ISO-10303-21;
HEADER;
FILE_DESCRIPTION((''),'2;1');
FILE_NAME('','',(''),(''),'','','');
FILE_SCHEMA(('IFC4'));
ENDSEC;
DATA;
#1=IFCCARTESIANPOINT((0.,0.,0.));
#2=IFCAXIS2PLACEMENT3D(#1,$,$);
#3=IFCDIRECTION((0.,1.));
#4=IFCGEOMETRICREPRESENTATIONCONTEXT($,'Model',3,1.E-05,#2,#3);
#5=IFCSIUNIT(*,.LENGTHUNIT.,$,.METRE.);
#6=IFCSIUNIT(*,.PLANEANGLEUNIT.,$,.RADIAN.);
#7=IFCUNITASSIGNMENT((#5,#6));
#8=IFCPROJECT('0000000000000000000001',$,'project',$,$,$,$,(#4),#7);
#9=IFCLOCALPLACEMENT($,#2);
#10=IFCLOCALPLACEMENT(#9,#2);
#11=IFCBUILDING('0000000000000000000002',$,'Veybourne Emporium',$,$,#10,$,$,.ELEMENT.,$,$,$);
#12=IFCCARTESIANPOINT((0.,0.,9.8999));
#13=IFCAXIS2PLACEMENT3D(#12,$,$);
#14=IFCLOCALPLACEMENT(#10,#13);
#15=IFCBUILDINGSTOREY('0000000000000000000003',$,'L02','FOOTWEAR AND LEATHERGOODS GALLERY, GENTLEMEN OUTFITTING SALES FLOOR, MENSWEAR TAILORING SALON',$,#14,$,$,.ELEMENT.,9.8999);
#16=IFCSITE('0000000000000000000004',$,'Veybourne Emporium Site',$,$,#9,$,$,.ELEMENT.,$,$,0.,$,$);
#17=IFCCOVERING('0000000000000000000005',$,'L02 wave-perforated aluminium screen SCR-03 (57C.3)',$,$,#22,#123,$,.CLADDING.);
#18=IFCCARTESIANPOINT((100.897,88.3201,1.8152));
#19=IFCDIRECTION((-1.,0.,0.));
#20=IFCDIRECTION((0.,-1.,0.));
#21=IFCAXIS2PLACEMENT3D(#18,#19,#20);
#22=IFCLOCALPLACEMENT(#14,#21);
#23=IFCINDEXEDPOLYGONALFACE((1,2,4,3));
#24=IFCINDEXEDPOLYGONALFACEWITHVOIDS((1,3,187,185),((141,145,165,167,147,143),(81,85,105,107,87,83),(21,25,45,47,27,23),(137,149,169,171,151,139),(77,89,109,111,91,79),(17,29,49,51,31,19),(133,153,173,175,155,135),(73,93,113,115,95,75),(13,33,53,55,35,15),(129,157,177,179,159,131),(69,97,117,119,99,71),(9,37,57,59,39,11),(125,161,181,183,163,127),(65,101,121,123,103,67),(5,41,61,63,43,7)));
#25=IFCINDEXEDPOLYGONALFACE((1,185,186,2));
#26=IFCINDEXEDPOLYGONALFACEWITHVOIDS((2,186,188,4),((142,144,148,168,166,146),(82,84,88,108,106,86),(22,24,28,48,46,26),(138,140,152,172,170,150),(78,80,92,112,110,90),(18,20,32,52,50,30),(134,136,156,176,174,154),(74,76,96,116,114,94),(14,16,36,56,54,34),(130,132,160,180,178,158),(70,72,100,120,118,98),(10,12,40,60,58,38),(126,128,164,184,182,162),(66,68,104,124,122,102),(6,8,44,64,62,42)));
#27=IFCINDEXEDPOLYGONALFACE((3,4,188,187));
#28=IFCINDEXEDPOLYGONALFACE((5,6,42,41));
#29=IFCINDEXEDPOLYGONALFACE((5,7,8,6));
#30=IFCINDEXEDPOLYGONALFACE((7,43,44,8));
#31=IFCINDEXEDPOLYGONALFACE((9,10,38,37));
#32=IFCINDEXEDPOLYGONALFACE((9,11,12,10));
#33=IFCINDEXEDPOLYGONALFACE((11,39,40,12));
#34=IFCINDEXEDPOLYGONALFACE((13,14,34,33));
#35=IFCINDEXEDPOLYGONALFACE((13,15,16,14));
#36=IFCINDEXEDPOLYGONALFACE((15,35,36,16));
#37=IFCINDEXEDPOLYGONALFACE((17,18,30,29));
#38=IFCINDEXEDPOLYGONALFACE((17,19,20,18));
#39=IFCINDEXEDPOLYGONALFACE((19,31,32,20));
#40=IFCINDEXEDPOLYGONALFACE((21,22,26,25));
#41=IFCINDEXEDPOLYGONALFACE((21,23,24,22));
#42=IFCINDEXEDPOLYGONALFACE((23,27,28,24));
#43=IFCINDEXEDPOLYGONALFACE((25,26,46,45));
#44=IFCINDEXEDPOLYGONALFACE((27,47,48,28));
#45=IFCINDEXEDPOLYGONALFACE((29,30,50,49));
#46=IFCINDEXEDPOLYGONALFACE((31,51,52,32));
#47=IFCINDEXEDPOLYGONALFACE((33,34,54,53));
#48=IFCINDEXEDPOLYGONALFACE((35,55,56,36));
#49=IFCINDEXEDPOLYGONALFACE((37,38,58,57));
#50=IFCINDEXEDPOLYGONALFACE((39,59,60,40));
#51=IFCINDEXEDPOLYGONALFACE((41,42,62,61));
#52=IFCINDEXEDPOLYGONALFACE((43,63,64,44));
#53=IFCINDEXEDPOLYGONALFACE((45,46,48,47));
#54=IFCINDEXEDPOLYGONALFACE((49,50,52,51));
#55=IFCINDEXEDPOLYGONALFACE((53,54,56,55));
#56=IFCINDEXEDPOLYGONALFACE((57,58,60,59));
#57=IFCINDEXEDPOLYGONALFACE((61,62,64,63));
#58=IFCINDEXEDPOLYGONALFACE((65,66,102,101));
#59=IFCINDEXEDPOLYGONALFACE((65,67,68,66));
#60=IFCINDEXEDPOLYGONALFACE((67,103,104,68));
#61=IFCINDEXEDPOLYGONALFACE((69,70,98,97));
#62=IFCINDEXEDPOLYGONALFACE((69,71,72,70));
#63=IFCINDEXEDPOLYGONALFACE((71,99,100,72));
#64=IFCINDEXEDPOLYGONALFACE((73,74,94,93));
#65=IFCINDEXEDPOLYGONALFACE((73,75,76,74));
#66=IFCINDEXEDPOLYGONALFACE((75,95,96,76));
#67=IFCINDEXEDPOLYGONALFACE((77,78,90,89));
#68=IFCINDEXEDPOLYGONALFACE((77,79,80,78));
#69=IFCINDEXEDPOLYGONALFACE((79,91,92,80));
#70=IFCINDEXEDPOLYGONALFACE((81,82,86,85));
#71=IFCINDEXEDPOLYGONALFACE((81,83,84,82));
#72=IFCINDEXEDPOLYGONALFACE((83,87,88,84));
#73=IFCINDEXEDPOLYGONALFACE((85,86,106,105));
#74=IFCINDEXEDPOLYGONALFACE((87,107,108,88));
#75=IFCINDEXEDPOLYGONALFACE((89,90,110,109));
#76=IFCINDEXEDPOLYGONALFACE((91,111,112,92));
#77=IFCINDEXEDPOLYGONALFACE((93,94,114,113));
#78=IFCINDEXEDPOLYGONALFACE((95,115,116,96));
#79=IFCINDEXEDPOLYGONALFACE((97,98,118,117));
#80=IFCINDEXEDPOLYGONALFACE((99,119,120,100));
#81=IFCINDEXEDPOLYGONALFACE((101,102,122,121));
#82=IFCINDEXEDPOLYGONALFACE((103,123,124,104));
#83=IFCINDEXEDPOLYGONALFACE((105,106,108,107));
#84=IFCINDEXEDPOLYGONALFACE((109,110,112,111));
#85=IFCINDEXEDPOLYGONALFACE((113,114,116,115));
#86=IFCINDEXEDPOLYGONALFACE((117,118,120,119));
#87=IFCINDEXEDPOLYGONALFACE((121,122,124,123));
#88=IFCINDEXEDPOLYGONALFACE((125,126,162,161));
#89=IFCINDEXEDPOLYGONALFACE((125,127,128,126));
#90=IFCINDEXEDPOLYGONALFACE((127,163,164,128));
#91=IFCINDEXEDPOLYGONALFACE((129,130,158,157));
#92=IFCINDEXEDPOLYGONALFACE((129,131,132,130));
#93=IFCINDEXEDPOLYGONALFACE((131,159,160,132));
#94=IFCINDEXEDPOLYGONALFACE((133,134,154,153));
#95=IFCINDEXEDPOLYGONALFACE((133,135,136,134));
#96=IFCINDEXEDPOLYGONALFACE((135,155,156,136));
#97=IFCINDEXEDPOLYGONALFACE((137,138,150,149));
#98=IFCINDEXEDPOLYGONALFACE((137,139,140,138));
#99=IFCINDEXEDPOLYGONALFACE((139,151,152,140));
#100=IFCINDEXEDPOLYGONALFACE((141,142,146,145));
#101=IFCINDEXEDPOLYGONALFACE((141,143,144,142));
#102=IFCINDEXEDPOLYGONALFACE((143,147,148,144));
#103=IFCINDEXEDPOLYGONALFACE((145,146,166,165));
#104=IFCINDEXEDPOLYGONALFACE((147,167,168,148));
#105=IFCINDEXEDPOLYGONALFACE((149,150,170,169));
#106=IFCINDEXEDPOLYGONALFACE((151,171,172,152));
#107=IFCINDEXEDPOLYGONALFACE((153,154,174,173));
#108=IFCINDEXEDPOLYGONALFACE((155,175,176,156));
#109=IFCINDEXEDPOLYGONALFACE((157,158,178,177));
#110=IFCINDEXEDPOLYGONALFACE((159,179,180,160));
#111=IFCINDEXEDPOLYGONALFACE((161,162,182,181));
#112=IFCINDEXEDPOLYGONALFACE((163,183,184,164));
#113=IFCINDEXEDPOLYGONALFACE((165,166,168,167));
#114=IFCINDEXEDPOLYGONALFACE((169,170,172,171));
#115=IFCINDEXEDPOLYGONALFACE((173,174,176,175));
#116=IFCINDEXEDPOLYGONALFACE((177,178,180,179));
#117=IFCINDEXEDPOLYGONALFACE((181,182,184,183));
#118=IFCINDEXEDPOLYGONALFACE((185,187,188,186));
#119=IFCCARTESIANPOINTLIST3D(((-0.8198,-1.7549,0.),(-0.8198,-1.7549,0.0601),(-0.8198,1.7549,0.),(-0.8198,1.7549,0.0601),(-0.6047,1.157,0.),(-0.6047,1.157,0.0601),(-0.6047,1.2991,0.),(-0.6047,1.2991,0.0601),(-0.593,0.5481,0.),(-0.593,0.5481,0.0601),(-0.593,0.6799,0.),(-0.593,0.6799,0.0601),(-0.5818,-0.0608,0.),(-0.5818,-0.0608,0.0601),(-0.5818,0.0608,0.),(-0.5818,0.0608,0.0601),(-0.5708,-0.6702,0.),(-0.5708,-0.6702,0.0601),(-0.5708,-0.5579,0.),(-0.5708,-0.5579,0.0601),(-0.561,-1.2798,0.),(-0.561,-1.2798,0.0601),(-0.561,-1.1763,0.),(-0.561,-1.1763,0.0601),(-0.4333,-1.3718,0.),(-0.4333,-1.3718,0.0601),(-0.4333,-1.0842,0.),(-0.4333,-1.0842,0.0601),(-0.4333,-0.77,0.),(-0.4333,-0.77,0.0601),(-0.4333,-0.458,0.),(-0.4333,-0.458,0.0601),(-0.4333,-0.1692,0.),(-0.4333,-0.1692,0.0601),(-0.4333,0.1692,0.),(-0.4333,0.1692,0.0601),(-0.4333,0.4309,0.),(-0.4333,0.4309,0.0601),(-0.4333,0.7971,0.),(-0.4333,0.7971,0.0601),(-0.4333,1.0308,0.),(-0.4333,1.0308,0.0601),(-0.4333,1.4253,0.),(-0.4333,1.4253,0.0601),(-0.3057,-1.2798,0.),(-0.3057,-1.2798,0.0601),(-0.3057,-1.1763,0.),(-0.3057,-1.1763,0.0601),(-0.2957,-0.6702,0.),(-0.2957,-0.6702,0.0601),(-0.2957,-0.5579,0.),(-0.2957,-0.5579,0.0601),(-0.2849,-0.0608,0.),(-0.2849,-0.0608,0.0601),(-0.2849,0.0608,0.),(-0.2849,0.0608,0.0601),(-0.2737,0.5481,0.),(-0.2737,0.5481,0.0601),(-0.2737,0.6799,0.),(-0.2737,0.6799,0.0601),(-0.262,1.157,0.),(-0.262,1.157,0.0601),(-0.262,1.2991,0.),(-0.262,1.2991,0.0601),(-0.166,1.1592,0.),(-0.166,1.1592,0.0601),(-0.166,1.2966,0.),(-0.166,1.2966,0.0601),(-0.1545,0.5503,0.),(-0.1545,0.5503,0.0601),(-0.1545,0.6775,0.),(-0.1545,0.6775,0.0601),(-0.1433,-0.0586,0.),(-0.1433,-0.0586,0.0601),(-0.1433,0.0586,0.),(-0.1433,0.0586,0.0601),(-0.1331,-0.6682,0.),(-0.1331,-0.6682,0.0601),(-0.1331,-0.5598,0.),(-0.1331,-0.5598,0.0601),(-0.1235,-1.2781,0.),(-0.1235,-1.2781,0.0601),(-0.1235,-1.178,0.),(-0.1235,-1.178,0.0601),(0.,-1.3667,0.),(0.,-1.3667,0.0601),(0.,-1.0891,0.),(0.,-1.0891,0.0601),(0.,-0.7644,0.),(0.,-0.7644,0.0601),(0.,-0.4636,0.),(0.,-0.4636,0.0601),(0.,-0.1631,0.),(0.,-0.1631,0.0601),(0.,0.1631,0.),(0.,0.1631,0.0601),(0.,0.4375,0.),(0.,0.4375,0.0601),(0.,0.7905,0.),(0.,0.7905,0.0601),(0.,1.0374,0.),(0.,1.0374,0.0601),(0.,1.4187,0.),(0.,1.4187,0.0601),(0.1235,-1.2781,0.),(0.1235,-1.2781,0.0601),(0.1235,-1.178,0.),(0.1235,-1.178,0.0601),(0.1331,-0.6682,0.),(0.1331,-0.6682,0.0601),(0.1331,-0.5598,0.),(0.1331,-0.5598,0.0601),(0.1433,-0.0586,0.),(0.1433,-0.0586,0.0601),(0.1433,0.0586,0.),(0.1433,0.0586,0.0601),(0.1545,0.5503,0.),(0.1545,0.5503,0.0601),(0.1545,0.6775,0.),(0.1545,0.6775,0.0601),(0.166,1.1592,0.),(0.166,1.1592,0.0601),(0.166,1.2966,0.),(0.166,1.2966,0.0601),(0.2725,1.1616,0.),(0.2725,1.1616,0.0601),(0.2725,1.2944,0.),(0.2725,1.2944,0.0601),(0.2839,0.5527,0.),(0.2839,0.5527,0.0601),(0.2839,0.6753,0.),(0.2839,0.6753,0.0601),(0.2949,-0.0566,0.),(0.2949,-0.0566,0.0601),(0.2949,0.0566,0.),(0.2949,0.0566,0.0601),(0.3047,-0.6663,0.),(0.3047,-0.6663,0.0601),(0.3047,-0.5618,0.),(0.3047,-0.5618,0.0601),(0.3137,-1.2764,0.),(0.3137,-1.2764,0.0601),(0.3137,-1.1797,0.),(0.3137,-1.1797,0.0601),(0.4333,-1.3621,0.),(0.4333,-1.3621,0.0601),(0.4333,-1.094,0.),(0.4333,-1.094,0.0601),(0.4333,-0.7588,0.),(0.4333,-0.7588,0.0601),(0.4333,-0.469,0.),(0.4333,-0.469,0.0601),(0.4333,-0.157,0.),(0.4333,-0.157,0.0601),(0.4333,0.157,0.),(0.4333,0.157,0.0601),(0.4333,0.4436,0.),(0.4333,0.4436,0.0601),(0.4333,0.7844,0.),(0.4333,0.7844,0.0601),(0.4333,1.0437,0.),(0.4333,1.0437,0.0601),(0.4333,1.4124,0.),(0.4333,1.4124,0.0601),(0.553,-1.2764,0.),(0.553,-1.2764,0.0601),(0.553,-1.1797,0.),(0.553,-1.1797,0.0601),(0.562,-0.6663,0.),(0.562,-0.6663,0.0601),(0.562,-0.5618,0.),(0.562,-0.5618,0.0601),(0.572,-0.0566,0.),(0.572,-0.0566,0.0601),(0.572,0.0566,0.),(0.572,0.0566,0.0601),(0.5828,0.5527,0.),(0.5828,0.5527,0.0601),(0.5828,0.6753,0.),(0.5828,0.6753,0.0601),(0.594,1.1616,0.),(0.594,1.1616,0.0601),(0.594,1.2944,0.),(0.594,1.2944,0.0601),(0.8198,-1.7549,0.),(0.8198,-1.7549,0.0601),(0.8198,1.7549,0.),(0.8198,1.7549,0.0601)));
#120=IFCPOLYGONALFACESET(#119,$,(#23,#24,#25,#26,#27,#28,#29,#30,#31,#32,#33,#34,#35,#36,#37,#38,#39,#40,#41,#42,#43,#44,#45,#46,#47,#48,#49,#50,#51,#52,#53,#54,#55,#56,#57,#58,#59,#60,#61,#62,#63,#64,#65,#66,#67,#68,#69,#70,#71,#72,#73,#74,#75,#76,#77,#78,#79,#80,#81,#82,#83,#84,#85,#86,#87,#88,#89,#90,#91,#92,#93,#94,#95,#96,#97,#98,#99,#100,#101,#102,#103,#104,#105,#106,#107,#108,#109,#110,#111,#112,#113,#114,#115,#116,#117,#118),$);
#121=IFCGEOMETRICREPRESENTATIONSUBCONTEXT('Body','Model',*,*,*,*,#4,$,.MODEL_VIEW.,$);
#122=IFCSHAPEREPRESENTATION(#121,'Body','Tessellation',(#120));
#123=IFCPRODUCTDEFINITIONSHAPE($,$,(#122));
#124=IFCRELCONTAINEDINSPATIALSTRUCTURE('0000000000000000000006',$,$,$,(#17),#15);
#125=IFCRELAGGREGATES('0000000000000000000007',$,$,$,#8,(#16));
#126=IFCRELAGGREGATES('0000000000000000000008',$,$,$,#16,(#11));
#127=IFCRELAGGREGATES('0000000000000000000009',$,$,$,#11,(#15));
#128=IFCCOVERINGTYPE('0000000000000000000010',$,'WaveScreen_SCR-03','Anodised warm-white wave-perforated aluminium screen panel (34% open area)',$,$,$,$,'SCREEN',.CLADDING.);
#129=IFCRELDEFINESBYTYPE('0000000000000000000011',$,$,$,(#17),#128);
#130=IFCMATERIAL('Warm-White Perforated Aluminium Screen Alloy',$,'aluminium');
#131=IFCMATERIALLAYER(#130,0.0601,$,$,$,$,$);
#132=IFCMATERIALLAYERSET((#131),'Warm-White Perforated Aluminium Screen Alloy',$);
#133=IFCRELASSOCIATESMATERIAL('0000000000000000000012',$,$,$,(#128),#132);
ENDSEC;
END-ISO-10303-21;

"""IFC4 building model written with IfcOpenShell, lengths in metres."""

from ifc_helpers import new_model, si_unit, direction, frame, origin, place, context, subcontext, project, spatial, polyline, outline, extrude, material, layer, layer_set, type_object, element, save


model = new_model("IFC4")

# Units and contexts
model_context = context("Model", 3, precision=1e-05, world=origin(), true_north=direction((0.0, 1.0)))
body_context = subcontext(model_context, "Body", "Model", "MODEL_VIEW")
ifc_project = project(units=[si_unit("LENGTHUNIT", "METRE"), si_unit("PLANEANGLEUNIT", "RADIAN")], contexts=[model_context])

# Site, building, storey
site_placement = place(None, origin())
site = spatial("IfcSite", under=ifc_project, at=site_placement, Name="Veybourne Emporium Site", CompositionType="ELEMENT", RefElevation=0.0)
building_placement = place(site_placement, origin())
building = spatial("IfcBuilding", under=site, at=building_placement, Name="Veybourne Emporium", CompositionType="ELEMENT")
storey_placement = place(building_placement, frame((0.0, 0.0, 9.8999)))
storey = spatial("IfcBuildingStorey", under=building, at=storey_placement, Name="L02", Description="FOOTWEAR AND LEATHERGOODS GALLERY, GENTLEMEN OUTFITTING SALES FLOOR, MENSWEAR TAILORING SALON", CompositionType="ELEMENT", Elevation=9.8999)

# Covering
ifc_material_1 = material(Name="Warm-White Perforated Aluminium Screen Alloy", Category="aluminium")
ifc_layer_1 = layer(ifc_material_1, 0.0601)
ifc_layer_set_1 = layer_set([ifc_layer_1], Name="Warm-White Perforated Aluminium Screen Alloy")
covering_type_1 = type_object("IfcCoveringType", Name="WaveScreen_SCR-03", Description="Anodised warm-white wave-perforated aluminium screen panel (34% open area)", ElementType="SCREEN", PredefinedType="CLADDING", material=ifc_layer_set_1)
covering_1_placement = place(storey_placement, frame((100.897, 88.3201, 1.8152), z_axis=(-1.0, 0.0, 0.0), x_axis=(0.0, -1.0, 0.0)))
element("IfcCovering", 1, at=covering_1_placement, inside=storey, type_object=covering_type_1, Name="L02 wave-perforated aluminium screen SCR-03 (57C.3)", PredefinedType="CLADDING", context=body_context, shape_type="SweptSolid", body=[
    extrude(outline(polyline([(-0.8198, -1.7549), (0.8198, -1.7549), (0.8198, 1.7549), (-0.8198, 1.7549), (-0.8198, -1.7549)]), holes=[polyline([(-0.4333, -1.0842), (-0.3057, -1.1763), (-0.3057, -1.2798), (-0.4333, -1.3718), (-0.561, -1.2798), (-0.561, -1.1763), (-0.4333, -1.0842)]), polyline([(-0.4333, -0.458), (-0.2957, -0.5579), (-0.2957, -0.6702), (-0.4333, -0.77), (-0.5708, -0.6702), (-0.5708, -0.5579), (-0.4333, -0.458)]), polyline([(-0.4333, 0.1692), (-0.2849, 0.0608), (-0.2849, -0.0608), (-0.4333, -0.1692), (-0.5818, -0.0608), (-0.5818, 0.0608), (-0.4333, 0.1692)]), polyline([(-0.4333, 0.7971), (-0.2737, 0.6799), (-0.2737, 0.5481), (-0.4333, 0.4309), (-0.593, 0.5481), (-0.593, 0.6799), (-0.4333, 0.7971)]), polyline([(-0.4333, 1.4253), (-0.262, 1.2991), (-0.262, 1.157), (-0.4333, 1.0308), (-0.6047, 1.157), (-0.6047, 1.2991), (-0.4333, 1.4253)]), polyline([(0.0, -1.0891), (0.1235, -1.178), (0.1235, -1.2781), (0.0, -1.3667), (-0.1235, -1.2781), (-0.1235, -1.178), (0.0, -1.0891)]), polyline([(0.0, -0.4636), (0.1331, -0.5598), (0.1331, -0.6682), (0.0, -0.7644), (-0.1331, -0.6682), (-0.1331, -0.5598), (0.0, -0.4636)]), polyline([(0.0, 0.1631), (0.1433, 0.0586), (0.1433, -0.0586), (0.0, -0.1631), (-0.1433, -0.0586), (-0.1433, 0.0586), (0.0, 0.1631)]), polyline([(0.0, 0.7905), (0.1545, 0.6775), (0.1545, 0.5503), (0.0, 0.4375), (-0.1545, 0.5503), (-0.1545, 0.6775), (0.0, 0.7905)]), polyline([(0.0, 1.4187), (0.166, 1.2966), (0.166, 1.1592), (0.0, 1.0374), (-0.166, 1.1592), (-0.166, 1.2966), (0.0, 1.4187)]), polyline([(0.4333, -1.094), (0.553, -1.1797), (0.553, -1.2764), (0.4333, -1.3621), (0.3137, -1.2764), (0.3137, -1.1797), (0.4333, -1.094)]), polyline([(0.4333, -0.469), (0.562, -0.5618), (0.562, -0.6663), (0.4333, -0.7588), (0.3047, -0.6663), (0.3047, -0.5618), (0.4333, -0.469)]), polyline([(0.4333, 0.157), (0.572, 0.0566), (0.572, -0.0566), (0.4333, -0.157), (0.2949, -0.0566), (0.2949, 0.0566), (0.4333, 0.157)]), polyline([(0.4333, 0.7844), (0.5828, 0.6753), (0.5828, 0.5527), (0.4333, 0.4436), (0.2839, 0.5527), (0.2839, 0.6753), (0.4333, 0.7844)]), polyline([(0.4333, 1.4124), (0.594, 1.2944), (0.594, 1.1616), (0.4333, 1.0437), (0.2725, 1.1616), (0.2725, 1.2944), (0.4333, 1.4124)])]), origin(), (0.0, 0.0, 1.0), 0.0601),
])

save(model, "model.ifc")
